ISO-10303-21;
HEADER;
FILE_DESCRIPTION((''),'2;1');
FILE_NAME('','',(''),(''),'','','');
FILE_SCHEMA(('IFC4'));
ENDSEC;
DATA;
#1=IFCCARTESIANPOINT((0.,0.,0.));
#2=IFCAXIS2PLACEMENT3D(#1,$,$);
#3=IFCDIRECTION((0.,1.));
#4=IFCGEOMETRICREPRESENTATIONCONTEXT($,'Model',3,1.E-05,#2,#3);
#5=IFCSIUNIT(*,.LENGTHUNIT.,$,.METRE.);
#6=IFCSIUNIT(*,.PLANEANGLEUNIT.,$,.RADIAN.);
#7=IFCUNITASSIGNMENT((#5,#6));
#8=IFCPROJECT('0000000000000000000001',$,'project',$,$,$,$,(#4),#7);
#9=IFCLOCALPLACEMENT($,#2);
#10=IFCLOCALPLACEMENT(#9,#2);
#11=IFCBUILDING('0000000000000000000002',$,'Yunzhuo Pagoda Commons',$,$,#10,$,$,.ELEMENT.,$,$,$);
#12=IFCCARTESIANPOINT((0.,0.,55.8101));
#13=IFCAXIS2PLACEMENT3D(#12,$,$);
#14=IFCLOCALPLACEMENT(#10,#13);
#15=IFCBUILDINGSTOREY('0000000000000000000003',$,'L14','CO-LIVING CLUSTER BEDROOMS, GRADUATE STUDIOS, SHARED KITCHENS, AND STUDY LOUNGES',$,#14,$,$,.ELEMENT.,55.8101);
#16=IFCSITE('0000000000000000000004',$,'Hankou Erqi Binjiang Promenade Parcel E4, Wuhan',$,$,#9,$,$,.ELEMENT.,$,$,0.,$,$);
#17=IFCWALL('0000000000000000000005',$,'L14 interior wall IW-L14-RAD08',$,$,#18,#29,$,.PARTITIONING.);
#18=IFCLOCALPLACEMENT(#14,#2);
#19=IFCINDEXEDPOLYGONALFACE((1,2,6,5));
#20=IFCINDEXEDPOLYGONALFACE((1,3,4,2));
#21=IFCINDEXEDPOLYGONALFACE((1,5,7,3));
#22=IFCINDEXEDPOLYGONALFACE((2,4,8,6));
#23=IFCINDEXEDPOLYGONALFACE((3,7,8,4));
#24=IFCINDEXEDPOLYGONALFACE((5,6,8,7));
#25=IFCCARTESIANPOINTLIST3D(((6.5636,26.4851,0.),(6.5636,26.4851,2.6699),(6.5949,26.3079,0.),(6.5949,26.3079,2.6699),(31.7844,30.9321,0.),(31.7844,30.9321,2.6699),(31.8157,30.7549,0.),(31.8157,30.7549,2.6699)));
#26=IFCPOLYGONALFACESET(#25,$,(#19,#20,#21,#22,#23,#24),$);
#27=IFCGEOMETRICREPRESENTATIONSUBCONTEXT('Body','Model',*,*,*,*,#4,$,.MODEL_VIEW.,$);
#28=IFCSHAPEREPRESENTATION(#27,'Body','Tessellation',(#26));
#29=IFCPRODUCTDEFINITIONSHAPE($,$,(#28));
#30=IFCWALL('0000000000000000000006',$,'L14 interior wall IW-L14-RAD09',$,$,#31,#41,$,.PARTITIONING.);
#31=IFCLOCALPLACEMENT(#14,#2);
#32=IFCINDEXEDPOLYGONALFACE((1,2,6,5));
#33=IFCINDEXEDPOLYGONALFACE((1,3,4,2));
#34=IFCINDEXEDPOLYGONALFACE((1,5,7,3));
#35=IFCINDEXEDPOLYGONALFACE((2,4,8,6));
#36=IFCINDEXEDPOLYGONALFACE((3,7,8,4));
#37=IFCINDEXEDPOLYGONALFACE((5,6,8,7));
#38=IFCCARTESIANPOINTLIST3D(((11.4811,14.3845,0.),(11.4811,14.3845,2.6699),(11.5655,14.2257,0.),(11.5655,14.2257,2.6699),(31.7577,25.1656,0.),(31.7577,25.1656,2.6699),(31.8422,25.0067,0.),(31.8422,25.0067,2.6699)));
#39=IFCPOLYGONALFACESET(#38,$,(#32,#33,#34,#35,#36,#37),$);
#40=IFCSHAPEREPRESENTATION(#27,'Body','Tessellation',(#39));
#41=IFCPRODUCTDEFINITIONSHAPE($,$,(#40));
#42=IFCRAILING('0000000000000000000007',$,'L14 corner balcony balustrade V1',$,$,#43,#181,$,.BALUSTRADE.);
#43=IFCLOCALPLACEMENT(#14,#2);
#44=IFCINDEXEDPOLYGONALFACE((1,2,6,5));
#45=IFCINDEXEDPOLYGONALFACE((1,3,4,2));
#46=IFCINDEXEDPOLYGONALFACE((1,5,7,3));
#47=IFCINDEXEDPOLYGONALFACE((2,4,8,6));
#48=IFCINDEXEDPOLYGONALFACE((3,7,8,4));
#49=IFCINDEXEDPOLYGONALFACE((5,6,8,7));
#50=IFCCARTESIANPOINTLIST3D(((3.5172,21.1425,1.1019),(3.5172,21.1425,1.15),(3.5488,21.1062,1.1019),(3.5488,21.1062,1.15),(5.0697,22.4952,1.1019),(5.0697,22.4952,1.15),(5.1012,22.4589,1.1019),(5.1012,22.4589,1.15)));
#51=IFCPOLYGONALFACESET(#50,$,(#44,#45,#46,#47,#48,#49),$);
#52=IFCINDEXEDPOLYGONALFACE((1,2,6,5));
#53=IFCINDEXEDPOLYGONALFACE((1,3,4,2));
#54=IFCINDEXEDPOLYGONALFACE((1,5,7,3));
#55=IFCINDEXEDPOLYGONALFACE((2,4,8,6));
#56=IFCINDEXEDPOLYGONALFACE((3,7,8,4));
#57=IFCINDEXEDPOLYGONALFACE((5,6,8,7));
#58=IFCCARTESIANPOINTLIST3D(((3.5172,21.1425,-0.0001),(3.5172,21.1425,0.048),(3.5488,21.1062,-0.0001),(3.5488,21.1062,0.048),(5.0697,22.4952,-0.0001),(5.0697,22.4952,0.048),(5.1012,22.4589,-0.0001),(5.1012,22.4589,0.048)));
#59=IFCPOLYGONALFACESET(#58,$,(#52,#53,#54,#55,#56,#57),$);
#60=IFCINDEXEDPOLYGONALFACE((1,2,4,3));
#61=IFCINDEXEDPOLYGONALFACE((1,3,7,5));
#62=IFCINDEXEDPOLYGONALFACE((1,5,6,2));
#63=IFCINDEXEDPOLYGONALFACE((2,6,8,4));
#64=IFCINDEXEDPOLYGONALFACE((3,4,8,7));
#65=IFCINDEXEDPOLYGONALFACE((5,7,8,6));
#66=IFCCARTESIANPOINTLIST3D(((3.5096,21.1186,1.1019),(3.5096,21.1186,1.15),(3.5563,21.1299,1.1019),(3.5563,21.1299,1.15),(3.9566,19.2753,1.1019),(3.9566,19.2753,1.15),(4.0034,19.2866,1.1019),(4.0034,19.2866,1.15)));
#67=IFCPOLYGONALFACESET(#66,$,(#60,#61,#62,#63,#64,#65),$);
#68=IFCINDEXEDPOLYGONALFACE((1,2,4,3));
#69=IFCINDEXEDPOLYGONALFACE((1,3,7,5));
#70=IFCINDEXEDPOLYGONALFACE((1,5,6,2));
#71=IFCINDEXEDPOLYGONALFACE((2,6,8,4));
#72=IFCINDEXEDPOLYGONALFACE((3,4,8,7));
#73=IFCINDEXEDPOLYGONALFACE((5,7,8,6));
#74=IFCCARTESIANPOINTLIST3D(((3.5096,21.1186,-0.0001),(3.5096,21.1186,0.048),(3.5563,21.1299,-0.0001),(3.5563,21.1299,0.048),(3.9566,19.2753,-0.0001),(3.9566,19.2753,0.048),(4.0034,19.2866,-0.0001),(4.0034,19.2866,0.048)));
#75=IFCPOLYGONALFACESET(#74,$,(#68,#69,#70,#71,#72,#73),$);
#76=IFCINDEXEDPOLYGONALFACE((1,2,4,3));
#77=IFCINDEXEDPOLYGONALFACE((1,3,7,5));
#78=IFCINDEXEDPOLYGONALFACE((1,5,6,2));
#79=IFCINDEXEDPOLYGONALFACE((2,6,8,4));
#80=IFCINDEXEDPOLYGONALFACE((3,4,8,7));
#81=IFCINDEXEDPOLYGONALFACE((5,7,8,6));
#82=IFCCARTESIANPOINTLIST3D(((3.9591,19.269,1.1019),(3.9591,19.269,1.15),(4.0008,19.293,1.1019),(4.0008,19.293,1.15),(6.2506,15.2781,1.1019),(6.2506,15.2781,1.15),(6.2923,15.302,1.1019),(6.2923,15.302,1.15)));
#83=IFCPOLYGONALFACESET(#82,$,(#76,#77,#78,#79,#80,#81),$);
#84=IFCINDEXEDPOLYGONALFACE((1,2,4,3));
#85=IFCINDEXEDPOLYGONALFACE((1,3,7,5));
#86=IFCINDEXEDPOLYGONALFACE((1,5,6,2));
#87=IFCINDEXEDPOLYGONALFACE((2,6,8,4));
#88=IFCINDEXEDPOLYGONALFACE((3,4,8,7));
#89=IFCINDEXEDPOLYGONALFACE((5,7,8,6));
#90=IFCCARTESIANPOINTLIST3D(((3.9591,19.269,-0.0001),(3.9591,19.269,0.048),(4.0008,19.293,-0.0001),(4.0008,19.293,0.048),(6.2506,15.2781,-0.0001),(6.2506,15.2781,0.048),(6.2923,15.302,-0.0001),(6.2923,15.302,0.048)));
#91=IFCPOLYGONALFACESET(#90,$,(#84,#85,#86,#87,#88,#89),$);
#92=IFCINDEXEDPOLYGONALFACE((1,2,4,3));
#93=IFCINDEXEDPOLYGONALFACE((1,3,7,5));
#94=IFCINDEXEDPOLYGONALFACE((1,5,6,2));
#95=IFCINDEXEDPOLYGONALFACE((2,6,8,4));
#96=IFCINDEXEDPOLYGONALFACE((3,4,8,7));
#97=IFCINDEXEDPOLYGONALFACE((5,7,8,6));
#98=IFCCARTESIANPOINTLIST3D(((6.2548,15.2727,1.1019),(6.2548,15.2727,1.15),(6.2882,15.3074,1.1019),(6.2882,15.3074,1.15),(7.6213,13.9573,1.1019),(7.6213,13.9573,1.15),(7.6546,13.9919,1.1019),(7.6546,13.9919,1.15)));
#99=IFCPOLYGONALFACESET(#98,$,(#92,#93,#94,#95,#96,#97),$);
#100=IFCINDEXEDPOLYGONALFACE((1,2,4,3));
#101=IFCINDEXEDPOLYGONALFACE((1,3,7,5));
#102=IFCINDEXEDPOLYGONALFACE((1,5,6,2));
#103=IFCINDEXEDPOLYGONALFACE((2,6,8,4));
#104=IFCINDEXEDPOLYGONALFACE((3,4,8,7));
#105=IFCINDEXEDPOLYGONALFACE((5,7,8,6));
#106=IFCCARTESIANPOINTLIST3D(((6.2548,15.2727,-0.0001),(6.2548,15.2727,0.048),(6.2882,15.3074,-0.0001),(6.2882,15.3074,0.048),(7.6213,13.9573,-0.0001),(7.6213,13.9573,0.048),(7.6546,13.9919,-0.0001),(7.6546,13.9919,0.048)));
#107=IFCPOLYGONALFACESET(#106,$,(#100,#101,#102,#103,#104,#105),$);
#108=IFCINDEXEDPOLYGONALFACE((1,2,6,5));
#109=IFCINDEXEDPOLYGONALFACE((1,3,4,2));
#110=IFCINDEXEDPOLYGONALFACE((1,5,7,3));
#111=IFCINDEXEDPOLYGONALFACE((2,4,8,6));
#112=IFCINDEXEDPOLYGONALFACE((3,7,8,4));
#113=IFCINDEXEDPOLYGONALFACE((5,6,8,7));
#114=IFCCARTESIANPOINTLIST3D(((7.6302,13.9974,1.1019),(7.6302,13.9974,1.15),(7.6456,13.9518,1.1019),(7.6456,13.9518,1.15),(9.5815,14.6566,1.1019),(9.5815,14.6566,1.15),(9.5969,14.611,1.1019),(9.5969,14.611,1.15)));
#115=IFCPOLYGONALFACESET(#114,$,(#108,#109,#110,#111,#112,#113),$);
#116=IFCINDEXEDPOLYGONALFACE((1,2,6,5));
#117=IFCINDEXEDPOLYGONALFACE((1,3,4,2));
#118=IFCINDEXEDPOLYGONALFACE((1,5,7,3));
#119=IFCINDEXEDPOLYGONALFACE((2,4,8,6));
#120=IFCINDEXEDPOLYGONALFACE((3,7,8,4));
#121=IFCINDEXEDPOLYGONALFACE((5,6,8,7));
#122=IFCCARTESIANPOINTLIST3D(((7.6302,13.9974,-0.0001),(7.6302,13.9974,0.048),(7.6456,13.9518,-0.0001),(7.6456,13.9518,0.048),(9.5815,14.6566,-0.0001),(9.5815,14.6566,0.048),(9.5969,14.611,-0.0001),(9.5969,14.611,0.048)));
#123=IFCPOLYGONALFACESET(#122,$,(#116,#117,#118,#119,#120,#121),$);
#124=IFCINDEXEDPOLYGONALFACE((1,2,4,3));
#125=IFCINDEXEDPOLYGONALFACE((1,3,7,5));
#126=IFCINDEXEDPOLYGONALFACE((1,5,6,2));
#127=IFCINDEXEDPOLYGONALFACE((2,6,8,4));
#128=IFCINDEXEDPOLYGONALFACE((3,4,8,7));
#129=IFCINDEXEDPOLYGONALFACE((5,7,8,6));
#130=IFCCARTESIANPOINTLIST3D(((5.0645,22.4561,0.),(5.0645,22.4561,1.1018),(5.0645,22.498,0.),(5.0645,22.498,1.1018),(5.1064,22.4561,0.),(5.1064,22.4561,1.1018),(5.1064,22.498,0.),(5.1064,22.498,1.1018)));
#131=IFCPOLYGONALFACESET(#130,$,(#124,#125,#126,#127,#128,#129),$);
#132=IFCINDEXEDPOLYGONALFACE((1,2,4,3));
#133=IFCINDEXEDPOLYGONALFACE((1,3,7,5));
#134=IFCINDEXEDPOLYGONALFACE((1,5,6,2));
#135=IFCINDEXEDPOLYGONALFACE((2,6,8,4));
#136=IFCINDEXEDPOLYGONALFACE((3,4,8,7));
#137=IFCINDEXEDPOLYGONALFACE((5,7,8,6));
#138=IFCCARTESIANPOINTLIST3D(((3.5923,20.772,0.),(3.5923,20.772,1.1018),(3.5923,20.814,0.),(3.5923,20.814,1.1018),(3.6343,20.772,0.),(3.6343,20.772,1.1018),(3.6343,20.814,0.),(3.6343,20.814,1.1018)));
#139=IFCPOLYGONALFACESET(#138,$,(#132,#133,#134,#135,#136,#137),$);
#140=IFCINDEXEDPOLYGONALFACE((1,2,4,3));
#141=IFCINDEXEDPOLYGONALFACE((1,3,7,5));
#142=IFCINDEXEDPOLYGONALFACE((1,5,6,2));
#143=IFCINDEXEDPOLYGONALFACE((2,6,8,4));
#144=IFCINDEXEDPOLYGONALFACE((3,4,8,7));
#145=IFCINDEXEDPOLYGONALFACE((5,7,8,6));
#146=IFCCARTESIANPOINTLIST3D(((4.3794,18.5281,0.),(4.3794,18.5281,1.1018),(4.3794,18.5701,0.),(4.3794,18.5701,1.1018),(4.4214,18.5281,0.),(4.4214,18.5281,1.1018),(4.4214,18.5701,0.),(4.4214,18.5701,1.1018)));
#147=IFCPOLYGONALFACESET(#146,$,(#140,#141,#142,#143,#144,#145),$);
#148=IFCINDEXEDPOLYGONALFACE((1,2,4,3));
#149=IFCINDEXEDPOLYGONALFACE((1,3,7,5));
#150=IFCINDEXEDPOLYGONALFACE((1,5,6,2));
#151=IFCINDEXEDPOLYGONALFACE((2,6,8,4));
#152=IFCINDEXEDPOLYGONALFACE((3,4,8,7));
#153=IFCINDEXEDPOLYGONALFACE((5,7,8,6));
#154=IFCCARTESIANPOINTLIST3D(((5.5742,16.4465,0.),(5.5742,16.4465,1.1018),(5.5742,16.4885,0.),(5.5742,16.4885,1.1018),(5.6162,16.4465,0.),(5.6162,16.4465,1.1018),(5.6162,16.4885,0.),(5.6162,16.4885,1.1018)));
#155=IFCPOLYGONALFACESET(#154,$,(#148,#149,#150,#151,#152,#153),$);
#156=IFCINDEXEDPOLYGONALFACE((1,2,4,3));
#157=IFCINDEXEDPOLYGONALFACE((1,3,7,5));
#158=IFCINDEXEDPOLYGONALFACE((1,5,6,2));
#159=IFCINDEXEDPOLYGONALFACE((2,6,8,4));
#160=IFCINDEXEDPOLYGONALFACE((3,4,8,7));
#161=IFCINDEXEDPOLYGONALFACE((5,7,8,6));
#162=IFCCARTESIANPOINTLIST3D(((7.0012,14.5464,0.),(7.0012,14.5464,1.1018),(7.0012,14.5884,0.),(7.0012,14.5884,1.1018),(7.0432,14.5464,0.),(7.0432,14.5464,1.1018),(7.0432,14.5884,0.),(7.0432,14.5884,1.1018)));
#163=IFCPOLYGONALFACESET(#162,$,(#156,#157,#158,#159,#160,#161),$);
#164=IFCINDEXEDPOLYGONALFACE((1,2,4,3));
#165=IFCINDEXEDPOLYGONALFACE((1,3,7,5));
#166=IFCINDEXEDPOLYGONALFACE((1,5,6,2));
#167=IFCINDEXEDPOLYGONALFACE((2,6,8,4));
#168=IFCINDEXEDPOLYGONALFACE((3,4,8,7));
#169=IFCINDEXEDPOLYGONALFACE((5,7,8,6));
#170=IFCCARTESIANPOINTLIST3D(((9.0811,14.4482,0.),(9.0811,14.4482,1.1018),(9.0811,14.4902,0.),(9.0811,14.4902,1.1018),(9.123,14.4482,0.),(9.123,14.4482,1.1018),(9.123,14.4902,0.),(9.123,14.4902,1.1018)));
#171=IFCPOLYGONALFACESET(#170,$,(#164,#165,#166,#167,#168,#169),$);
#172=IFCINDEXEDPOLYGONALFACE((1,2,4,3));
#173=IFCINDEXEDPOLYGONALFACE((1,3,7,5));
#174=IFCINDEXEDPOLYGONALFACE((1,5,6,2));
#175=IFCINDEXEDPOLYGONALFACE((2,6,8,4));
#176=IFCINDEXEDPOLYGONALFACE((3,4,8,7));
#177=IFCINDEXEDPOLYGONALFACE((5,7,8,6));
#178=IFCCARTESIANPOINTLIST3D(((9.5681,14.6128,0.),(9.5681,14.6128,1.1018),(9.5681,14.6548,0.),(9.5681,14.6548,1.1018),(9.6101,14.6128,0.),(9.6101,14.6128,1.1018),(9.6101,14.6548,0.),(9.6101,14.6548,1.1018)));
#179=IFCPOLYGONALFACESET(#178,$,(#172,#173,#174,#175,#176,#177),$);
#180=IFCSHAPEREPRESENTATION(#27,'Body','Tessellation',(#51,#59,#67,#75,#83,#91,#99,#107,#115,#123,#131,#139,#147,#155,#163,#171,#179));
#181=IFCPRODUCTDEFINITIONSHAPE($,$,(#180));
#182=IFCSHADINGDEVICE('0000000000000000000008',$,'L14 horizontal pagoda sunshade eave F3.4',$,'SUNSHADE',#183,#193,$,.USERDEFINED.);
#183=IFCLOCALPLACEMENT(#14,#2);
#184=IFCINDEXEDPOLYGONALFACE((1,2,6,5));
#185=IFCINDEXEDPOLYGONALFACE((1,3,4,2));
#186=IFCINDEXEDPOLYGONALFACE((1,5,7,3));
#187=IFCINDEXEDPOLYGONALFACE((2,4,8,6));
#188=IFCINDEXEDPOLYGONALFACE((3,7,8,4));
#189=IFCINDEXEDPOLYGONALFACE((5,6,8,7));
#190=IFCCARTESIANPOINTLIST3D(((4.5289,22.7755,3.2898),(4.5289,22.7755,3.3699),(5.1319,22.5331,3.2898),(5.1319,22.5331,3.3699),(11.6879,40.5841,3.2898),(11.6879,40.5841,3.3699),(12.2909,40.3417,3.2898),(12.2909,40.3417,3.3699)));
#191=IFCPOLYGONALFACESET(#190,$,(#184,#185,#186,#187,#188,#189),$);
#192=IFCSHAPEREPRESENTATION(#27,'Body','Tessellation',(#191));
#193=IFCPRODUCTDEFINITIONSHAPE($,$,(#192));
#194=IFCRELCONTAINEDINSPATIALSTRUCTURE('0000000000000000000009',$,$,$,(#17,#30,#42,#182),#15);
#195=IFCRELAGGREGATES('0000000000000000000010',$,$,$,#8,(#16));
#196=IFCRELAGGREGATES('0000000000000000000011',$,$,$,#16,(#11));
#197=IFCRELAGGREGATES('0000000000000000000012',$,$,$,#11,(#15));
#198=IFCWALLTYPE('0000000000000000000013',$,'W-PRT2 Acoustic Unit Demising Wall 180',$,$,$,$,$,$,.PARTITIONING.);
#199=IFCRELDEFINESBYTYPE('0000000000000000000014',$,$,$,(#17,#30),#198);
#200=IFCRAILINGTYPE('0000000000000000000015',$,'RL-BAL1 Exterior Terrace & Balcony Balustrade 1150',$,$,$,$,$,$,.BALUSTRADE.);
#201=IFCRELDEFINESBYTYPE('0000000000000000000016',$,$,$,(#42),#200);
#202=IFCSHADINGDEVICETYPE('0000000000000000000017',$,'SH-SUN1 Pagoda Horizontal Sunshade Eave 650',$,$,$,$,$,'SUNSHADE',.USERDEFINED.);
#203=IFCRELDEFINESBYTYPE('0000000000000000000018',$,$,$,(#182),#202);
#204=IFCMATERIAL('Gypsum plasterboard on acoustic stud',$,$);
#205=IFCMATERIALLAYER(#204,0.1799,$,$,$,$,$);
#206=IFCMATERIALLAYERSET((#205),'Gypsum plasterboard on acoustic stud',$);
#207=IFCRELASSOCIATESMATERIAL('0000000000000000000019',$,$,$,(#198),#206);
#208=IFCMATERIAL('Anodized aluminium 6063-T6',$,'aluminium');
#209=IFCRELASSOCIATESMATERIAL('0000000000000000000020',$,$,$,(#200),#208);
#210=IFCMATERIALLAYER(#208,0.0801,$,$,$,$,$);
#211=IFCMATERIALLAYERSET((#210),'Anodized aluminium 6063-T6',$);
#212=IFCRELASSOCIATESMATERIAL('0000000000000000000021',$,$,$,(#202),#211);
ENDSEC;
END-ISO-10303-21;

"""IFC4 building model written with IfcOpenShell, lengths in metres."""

from ifc_helpers import new_model, si_unit, direction, frame, frame_2d, origin, origin_2d, place, context, subcontext, project, spatial, rectangle, extrude, source, transform, mapped, material, layer, layer_set, type_object, element, save


model = new_model("IFC4")

# Units and contexts
model_context = context("Model", 3, precision=1e-05, world=origin(), true_north=direction((0.0, 1.0)))
body_context = subcontext(model_context, "Body", "Model", "MODEL_VIEW")
ifc_project = project(units=[si_unit("LENGTHUNIT", "METRE"), si_unit("PLANEANGLEUNIT", "RADIAN")], contexts=[model_context])

# Site, building, storey
site_placement = place(None, origin())
site = spatial("IfcSite", under=ifc_project, at=site_placement, Name="Hankou Erqi Binjiang Promenade Parcel E4, Wuhan", CompositionType="ELEMENT", RefElevation=0.0)
building_placement = place(site_placement, origin())
building = spatial("IfcBuilding", under=site, at=building_placement, Name="Yunzhuo Pagoda Commons", CompositionType="ELEMENT")
storey_placement = place(building_placement, frame((0.0, 0.0, 55.8101)))
storey = spatial("IfcBuildingStorey", under=building, at=storey_placement, Name="L14", Description="CO-LIVING CLUSTER BEDROOMS, GRADUATE STUDIOS, SHARED KITCHENS, AND STUDY LOUNGES", CompositionType="ELEMENT", Elevation=55.8101)

# Shared definitions
ifc_material_1 = material(Name="Anodized aluminium 6063-T6", Category="aluminium")

# Shared definitions
ifc_material_2 = material(Name="Gypsum plasterboard on acoustic stud")

# Walls
ifc_layer_1 = layer(ifc_material_2, 0.1799)
ifc_layer_set_1 = layer_set([ifc_layer_1], Name="Gypsum plasterboard on acoustic stud")
wall_type_1 = type_object("IfcWallType", Name="W-PRT2 Acoustic Unit Demising Wall 180", PredefinedType="PARTITIONING", material=ifc_layer_set_1)
wall_1_placement = place(storey_placement, frame((31.8, 30.8435, 0.0), z_axis=(0.0, 0.0, 1.0), x_axis=(-0.984808, -0.173646, 0.0)))
element("IfcWall", 1, at=wall_1_placement, inside=storey, type_object=wall_type_1, Name="L14 interior wall IW-L14-RAD08", PredefinedType="PARTITIONING", context=body_context, shape_type="SweptSolid", body=[
    extrude(rectangle(XDim=25.6099, YDim=0.1799, at=frame_2d((12.8049, 0.0))), origin(), (0.0, 0.0, 1.0), 2.6699),
])
wall_2_placement = place(storey_placement, frame((31.8, 25.0862, 0.0), z_axis=(0.0, 0.0, 1.0), x_axis=(-0.882952, -0.469463, 0.0)))
element("IfcWall", 2, at=wall_2_placement, inside=storey, type_object=wall_type_1, Name="L14 interior wall IW-L14-RAD09", PredefinedType="PARTITIONING", context=body_context, shape_type="SweptSolid", body=[
    extrude(rectangle(XDim=22.9646, YDim=0.1799, at=frame_2d((11.4824, 0.0))), origin(), (0.0, 0.0, 1.0), 2.6699),
])

# Railing
railing_type = type_object("IfcRailingType", Name="RL-BAL1 Exterior Terrace & Balcony Balustrade 1150", PredefinedType="BALUSTRADE", material=ifc_material_1)
railing_placement = place(storey_placement, frame((5.0854, 22.4771, 0.0)))
element("IfcRailing", 3, at=railing_placement, inside=storey, type_object=railing_type, Name="L14 corner balcony balustrade V1", PredefinedType="BALUSTRADE", context=body_context, shape_type="SweptSolid", body=[
    extrude(rectangle(XDim=0.0481, YDim=0.0481, at=origin_2d()), frame((0.0, 0.0, 1.126), z_axis=(-0.753934, -0.65695, 0.0), x_axis=(0.65695, -0.753934, 0.0)), (0.0, 0.0, 1.0), 2.0591),
    extrude(rectangle(XDim=0.0481, YDim=0.0481, at=origin_2d()), frame((0.0, 0.0, 0.0239), z_axis=(-0.753934, -0.65695, 0.0), x_axis=(0.65695, -0.753934, 0.0)), (0.0, 0.0, 1.0), 2.0591),
    extrude(rectangle(XDim=0.0481, YDim=0.0481, at=origin_2d()), frame((-1.5525, -1.3528, 1.126), z_axis=(0.235685, -0.97183, 0.0), x_axis=(0.97183, 0.235685, 0.0)), (0.0, 0.0, 1.0), 1.8967),
    extrude(rectangle(XDim=0.0481, YDim=0.0481, at=origin_2d()), frame((-1.5525, -1.3528, 0.0239), z_axis=(0.235685, -0.97183, 0.0), x_axis=(0.97183, 0.235685, 0.0)), (0.0, 0.0, 1.0), 1.8967),
    extrude(rectangle(XDim=0.0481, YDim=0.0481, at=origin_2d()), frame((-1.1055, -3.196, 1.126), z_axis=(0.497932, -0.867216, 0.0), x_axis=(0.867216, 0.497932, 0.0)), (0.0, 0.0, 1.0), 4.6021),
    extrude(rectangle(XDim=0.0481, YDim=0.0481, at=origin_2d()), frame((-1.1055, -3.196, 0.0239), z_axis=(0.497932, -0.867216, 0.0), x_axis=(0.867216, 0.497932, 0.0)), (0.0, 0.0, 1.0), 4.6021),
    extrude(rectangle(XDim=0.0481, YDim=0.0481, at=origin_2d()), frame((1.186, -7.187, 1.126), z_axis=(0.72043, -0.693528, 0.0), x_axis=(0.693528, 0.72043, 0.0)), (0.0, 0.0, 1.0), 1.8967),
    extrude(rectangle(XDim=0.0481, YDim=0.0481, at=origin_2d()), frame((1.186, -7.187, 0.0239), z_axis=(0.72043, -0.693528, 0.0), x_axis=(0.693528, 0.72043, 0.0)), (0.0, 0.0, 1.0), 1.8967),
    extrude(rectangle(XDim=0.0481, YDim=0.0481, at=origin_2d()), frame((2.5525, -8.5024, 1.126), z_axis=(0.947395, 0.320066, 0.0), x_axis=(-0.320066, 0.947395, 0.0)), (0.0, 0.0, 1.0), 2.0596),
    extrude(rectangle(XDim=0.0481, YDim=0.0481, at=origin_2d()), frame((2.5525, -8.5024, 0.0239), z_axis=(0.947395, 0.320066, 0.0), x_axis=(-0.320066, 0.947395, 0.0)), (0.0, 0.0, 1.0), 2.0596),
    extrude(rectangle(XDim=0.042, YDim=0.042, at=origin_2d()), origin(), (0.0, 0.0, 1.0), 1.1018),
    extrude(rectangle(XDim=0.042, YDim=0.042, at=origin_2d()), frame((-1.4722, -1.6841, 0.0)), (0.0, 0.0, 1.0), 1.1018),
    extrude(rectangle(XDim=0.042, YDim=0.042, at=origin_2d()), frame((-0.6851, -3.928, 0.0)), (0.0, 0.0, 1.0), 1.1018),
    extrude(rectangle(XDim=0.042, YDim=0.042, at=origin_2d()), frame((0.5098, -6.0095, 0.0)), (0.0, 0.0, 1.0), 1.1018),
    extrude(rectangle(XDim=0.042, YDim=0.042, at=origin_2d()), frame((1.9368, -7.9097, 0.0)), (0.0, 0.0, 1.0), 1.1018),
    extrude(rectangle(XDim=0.042, YDim=0.042, at=origin_2d()), frame((4.0166, -8.0078, 0.0)), (0.0, 0.0, 1.0), 1.1018),
    extrude(rectangle(XDim=0.042, YDim=0.042, at=origin_2d()), frame((4.5037, -7.8433, 0.0)), (0.0, 0.0, 1.0), 1.1018),
])

# Shading device
ifc_layer_2 = layer(ifc_material_1, 0.0801)
ifc_layer_set_2 = layer_set([ifc_layer_2], Name="Anodized aluminium 6063-T6")
shading_device_type = type_object("IfcShadingDeviceType", Name="SH-SUN1 Pagoda Horizontal Sunshade Eave 650", ElementType="SUNSHADE", PredefinedType="USERDEFINED", material=ifc_layer_set_2)
shared_shape_1 = source(origin(), body_context, "Body", "SweptSolid", [
    extrude(rectangle(XDim=19.1936, YDim=0.6499, at=origin_2d()), origin(), (0.0, 0.0, 1.0), 0.0801),
])
shading_device_placement = place(storey_placement, frame((8.4099, 31.5586, 3.2898), z_axis=(0.0, 0.0, 1.0), x_axis=(-0.372988, -0.927836, 0.0)))
element("IfcShadingDevice", 4, at=shading_device_placement, inside=storey, type_object=shading_device_type, Name="L14 horizontal pagoda sunshade eave F3.4", ObjectType="SUNSHADE", PredefinedType="USERDEFINED", context=body_context, shape_type="MappedRepresentation", body=[
    mapped(shared_shape_1, transform((0.0, 0.0, 0.0), scale=1.0)),
])

save(model, "model.ifc")
